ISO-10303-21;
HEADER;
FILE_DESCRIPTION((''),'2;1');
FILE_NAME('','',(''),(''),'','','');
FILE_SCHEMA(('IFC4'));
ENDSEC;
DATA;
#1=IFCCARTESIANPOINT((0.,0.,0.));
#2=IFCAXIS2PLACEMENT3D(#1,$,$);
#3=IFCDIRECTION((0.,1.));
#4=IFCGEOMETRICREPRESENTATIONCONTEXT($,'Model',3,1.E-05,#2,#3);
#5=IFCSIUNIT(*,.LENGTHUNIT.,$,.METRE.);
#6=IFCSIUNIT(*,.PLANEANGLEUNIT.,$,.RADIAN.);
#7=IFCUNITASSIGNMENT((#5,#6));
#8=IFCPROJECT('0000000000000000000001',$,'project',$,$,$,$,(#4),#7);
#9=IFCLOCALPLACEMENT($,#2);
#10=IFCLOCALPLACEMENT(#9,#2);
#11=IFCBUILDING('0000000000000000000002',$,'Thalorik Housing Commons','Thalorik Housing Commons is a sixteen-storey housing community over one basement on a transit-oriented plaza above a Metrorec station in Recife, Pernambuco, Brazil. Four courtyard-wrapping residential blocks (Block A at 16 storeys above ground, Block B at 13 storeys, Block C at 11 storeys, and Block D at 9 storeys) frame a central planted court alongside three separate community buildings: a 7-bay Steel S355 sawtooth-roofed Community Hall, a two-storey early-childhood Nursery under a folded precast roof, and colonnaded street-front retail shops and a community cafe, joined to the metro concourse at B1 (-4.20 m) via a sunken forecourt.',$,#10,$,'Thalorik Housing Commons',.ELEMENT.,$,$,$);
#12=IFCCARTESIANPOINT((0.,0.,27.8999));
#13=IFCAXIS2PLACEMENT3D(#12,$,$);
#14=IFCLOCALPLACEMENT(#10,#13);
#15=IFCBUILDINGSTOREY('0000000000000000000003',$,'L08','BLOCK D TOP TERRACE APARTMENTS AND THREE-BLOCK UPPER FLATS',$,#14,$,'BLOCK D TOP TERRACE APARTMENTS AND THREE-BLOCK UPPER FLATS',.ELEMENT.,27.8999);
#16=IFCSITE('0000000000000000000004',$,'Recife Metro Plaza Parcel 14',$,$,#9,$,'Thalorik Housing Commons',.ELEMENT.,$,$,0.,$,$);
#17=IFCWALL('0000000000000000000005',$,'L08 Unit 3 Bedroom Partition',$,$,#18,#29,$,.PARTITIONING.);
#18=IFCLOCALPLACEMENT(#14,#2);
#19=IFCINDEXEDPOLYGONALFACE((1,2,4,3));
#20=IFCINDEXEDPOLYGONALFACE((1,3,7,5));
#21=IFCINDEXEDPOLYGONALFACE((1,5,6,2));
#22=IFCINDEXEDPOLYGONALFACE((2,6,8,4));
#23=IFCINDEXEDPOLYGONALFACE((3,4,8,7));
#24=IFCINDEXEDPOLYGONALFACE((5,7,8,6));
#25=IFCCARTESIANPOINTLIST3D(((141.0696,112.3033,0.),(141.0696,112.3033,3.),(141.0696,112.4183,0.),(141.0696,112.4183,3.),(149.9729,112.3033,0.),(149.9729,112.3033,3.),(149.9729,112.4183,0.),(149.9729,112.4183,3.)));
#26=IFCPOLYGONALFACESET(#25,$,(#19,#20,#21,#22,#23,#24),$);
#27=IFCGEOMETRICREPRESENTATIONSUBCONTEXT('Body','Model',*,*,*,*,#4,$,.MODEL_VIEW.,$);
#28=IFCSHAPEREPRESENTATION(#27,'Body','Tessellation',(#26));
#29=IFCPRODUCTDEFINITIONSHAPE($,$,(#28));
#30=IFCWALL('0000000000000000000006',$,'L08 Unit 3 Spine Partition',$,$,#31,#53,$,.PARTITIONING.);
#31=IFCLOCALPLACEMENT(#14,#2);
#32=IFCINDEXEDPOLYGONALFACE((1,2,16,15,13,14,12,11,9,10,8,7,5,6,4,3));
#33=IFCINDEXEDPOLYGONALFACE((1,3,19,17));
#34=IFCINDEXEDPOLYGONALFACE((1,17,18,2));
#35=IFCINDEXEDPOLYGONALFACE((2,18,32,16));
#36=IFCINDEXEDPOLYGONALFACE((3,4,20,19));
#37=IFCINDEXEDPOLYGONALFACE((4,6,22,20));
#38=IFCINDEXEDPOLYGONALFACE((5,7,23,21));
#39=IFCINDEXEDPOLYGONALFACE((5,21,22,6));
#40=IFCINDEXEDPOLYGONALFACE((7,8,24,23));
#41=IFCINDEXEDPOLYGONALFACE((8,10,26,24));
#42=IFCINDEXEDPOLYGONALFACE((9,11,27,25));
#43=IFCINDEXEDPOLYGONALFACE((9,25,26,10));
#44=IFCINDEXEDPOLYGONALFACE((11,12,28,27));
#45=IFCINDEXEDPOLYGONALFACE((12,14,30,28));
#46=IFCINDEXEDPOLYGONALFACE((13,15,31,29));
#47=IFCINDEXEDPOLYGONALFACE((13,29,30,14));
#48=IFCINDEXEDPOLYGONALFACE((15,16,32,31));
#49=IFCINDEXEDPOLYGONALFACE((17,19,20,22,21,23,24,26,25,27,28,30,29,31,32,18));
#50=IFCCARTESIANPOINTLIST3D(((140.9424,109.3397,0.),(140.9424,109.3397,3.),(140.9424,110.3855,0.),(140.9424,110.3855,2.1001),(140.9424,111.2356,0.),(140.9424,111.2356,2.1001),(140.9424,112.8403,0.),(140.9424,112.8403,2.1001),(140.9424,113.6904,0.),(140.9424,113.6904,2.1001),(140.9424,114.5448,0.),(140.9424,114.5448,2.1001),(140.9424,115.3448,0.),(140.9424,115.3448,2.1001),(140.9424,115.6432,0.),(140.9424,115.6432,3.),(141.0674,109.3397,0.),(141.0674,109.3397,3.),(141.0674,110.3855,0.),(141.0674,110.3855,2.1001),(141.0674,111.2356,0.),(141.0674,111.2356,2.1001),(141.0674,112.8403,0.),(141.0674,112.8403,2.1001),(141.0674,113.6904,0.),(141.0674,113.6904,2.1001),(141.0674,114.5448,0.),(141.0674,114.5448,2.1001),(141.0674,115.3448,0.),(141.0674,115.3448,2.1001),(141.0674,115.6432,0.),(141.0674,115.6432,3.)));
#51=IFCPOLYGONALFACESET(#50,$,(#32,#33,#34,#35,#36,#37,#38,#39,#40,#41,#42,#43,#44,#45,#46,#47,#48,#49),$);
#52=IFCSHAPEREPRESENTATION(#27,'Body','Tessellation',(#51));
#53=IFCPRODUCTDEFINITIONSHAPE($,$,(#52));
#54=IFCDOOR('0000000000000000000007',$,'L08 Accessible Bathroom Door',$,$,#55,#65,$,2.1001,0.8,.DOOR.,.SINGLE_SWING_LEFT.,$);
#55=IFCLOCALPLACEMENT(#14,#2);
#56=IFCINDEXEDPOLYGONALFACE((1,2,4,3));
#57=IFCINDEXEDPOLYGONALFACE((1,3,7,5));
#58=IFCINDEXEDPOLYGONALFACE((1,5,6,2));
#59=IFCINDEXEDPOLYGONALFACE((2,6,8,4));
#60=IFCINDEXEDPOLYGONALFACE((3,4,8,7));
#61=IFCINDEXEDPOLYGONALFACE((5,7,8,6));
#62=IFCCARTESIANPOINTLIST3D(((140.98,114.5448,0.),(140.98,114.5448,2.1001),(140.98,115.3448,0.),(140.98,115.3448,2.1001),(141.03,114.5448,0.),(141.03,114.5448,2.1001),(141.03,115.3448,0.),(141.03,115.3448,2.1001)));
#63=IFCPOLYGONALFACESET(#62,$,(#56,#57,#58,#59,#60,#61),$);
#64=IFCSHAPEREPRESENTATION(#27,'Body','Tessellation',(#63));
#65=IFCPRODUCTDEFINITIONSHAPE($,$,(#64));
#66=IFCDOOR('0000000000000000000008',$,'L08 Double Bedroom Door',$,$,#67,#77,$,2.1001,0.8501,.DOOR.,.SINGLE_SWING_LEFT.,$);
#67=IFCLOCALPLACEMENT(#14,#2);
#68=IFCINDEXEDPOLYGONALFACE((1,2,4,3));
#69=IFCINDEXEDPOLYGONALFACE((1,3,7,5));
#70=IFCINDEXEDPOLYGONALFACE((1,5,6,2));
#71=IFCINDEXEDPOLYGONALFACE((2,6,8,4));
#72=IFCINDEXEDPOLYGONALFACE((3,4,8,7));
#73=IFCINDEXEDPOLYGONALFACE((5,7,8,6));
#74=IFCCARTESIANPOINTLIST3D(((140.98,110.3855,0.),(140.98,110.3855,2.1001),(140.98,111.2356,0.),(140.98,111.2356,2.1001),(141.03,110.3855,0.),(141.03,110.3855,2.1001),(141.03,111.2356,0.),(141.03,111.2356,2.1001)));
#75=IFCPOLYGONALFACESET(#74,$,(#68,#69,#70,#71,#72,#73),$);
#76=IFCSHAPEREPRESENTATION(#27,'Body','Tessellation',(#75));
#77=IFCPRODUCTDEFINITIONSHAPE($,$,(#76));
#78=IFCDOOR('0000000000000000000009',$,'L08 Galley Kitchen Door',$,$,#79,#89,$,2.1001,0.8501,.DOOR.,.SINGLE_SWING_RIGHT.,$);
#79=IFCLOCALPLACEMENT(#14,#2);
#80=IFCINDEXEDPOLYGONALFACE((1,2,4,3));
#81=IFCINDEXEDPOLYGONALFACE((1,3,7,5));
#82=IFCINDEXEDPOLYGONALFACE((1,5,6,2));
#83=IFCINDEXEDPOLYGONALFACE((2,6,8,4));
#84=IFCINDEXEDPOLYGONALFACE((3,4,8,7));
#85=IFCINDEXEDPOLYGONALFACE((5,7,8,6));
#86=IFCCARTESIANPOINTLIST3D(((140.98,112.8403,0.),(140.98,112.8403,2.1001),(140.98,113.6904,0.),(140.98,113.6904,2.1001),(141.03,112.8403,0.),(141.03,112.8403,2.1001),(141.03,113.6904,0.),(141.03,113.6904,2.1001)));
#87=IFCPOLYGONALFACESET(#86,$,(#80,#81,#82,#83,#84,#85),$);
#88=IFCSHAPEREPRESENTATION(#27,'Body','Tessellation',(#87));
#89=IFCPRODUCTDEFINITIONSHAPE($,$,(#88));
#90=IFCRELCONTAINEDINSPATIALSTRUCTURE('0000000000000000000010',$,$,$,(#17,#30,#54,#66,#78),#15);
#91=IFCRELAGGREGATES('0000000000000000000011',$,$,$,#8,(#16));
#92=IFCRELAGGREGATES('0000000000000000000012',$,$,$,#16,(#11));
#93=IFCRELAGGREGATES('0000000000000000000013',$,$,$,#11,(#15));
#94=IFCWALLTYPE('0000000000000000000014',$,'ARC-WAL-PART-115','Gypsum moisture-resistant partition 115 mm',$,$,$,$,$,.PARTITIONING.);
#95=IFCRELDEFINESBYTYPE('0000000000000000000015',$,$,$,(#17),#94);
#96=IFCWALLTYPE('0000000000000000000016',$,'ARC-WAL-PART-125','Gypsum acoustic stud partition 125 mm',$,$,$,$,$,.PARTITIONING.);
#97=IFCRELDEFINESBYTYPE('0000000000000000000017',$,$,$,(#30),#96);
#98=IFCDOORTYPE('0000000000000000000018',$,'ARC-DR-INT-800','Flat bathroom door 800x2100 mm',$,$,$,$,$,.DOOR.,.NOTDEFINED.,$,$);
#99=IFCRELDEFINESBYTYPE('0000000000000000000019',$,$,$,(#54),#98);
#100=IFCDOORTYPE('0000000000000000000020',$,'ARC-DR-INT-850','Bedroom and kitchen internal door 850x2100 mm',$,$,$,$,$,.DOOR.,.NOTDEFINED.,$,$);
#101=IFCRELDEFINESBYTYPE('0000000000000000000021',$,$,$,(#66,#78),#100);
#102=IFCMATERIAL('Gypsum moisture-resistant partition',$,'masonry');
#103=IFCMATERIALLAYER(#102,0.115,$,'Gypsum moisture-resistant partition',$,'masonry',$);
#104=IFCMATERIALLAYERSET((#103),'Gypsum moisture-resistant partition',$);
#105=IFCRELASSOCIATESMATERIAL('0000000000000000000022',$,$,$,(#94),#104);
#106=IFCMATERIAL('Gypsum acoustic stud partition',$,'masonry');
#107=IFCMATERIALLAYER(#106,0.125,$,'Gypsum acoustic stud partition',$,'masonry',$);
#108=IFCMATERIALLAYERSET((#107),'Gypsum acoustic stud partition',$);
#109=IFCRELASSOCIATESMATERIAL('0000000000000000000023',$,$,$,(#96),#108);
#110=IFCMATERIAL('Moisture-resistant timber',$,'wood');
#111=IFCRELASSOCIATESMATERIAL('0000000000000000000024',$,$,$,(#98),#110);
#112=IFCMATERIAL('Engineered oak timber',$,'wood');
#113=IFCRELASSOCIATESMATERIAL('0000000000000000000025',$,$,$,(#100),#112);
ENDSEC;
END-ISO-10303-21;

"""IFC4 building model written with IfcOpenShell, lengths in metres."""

from ifc_helpers import new_model, si_unit, direction, frame, frame_2d, origin, place, context, subcontext, project, spatial, rectangle, extrude, material, layer, layer_set, type_object, element, fill, save


model = new_model("IFC4")

# Units and contexts
model_context = context("Model", 3, precision=1e-05, world=origin(), true_north=direction((0.0, 1.0)))
body_context = subcontext(model_context, "Body", "Model", "MODEL_VIEW")
ifc_project = project(units=[si_unit("LENGTHUNIT", "METRE"), si_unit("PLANEANGLEUNIT", "RADIAN")], contexts=[model_context])

# Site, building, storey
site_placement = place(None, origin())
site = spatial("IfcSite", under=ifc_project, at=site_placement, Name="Recife Metro Plaza Parcel 14", LongName="Thalorik Housing Commons", CompositionType="ELEMENT", RefElevation=0.0)
building_placement = place(site_placement, origin())
building = spatial("IfcBuilding", under=site, at=building_placement, Name="Thalorik Housing Commons", Description="Thalorik Housing Commons is a sixteen-storey housing community over one basement on a transit-oriented plaza above a Metrorec station in Recife, Pernambuco, Brazil. Four courtyard-wrapping residential blocks (Block A at 16 storeys above ground, Block B at 13 storeys, Block C at 11 storeys, and Block D at 9 storeys) frame a central planted court alongside three separate community buildings: a 7-bay Steel S355 sawtooth-roofed Community Hall, a two-storey early-childhood Nursery under a folded precast roof, and colonnaded street-front retail shops and a community cafe, joined to the metro concourse at B1 (-4.20 m) via a sunken forecourt.", LongName="Thalorik Housing Commons", CompositionType="ELEMENT")
storey_placement = place(building_placement, frame((0.0, 0.0, 27.8999)))
storey = spatial("IfcBuildingStorey", under=building, at=storey_placement, Name="L08", Description="BLOCK D TOP TERRACE APARTMENTS AND THREE-BLOCK UPPER FLATS", LongName="BLOCK D TOP TERRACE APARTMENTS AND THREE-BLOCK UPPER FLATS", CompositionType="ELEMENT", Elevation=27.8999)

# Wall
ifc_material_1 = material(Name="Gypsum moisture-resistant partition", Category="masonry")
ifc_layer_1 = layer(ifc_material_1, 0.115, Name="Gypsum moisture-resistant partition", Category="masonry")
ifc_layer_set_1 = layer_set([ifc_layer_1], Name="Gypsum moisture-resistant partition")
wall_type_1 = type_object("IfcWallType", Name="ARC-WAL-PART-115", Description="Gypsum moisture-resistant partition 115 mm", PredefinedType="PARTITIONING", material=ifc_layer_set_1)
wall_1_placement = place(storey_placement, frame((141.0696, 112.3608, 0.0), z_axis=(0.0, 0.0, 1.0), x_axis=(1.0, 0.0, 0.0)))
element("IfcWall", 1, at=wall_1_placement, inside=storey, type_object=wall_type_1, Name="L08 Unit 3 Bedroom Partition", PredefinedType="PARTITIONING", context=body_context, shape_type="SweptSolid", body=[
    extrude(rectangle(XDim=8.9033, YDim=0.115, at=frame_2d((4.4517, 0.0))), origin(), (0.0, 0.0, 1.0), 3.0),
])

# Wall, openings, doors
ifc_material_2 = material(Name="Gypsum acoustic stud partition", Category="masonry")
ifc_layer_2 = layer(ifc_material_2, 0.125, Name="Gypsum acoustic stud partition", Category="masonry")
ifc_layer_set_2 = layer_set([ifc_layer_2], Name="Gypsum acoustic stud partition")
wall_type_2 = type_object("IfcWallType", Name="ARC-WAL-PART-125", Description="Gypsum acoustic stud partition 125 mm", PredefinedType="PARTITIONING", material=ifc_layer_set_2)
wall_2_placement = place(storey_placement, frame((141.0049, 109.3396, 0.0), z_axis=(0.0, 0.0, 1.0), x_axis=(0.0, 1.0, 0.0)))
wall_2 = element("IfcWall", 2, at=wall_2_placement, inside=storey, type_object=wall_type_2, Name="L08 Unit 3 Spine Partition", PredefinedType="PARTITIONING", context=body_context, shape_type="SweptSolid", body=[
    extrude(rectangle(XDim=6.3035, YDim=0.125, at=frame_2d((3.1519, 0.0))), origin(), (0.0, 0.0, 1.0), 3.0),
])
opening_1_placement = place(wall_2_placement, frame((1.0459, 0.0, 0.0)))
opening_1 = element("IfcOpeningElement", 3, at=opening_1_placement, cuts=wall_2, PredefinedType="OPENING", context=body_context, shape_type="SweptSolid", body=[
    extrude(rectangle(XDim=0.8501, YDim=2.1001, at=frame_2d((0.425, 1.05))), frame((0.0, 0.0725, 0.0), z_axis=(0.0, -1.0, 0.0), x_axis=(1.0, 0.0, 0.0)), (0.0, 0.0, 1.0), 0.145),
])
opening_2_placement = place(wall_2_placement, frame((3.5007, 0.0, 0.0)))
opening_2 = element("IfcOpeningElement", 4, at=opening_2_placement, cuts=wall_2, PredefinedType="OPENING", context=body_context, shape_type="SweptSolid", body=[
    extrude(rectangle(XDim=0.8501, YDim=2.1001, at=frame_2d((0.425, 1.05))), frame((0.0, 0.0725, 0.0), z_axis=(0.0, -1.0, 0.0), x_axis=(1.0, 0.0, 0.0)), (0.0, 0.0, 1.0), 0.145),
])
opening_3_placement = place(wall_2_placement, frame((5.2053, 0.0, 0.0)))
opening_3 = element("IfcOpeningElement", 5, at=opening_3_placement, cuts=wall_2, PredefinedType="OPENING", context=body_context, shape_type="SweptSolid", body=[
    extrude(rectangle(XDim=0.8, YDim=2.1001, at=frame_2d((0.3999, 1.05))), frame((0.0, 0.0725, 0.0), z_axis=(0.0, -1.0, 0.0), x_axis=(1.0, 0.0, 0.0)), (0.0, 0.0, 1.0), 0.145),
])
ifc_material_3 = material(Name="Moisture-resistant timber", Category="wood")
door_type_1 = type_object("IfcDoorType", Name="ARC-DR-INT-800", Description="Flat bathroom door 800x2100 mm", OperationType="NOTDEFINED", PredefinedType="DOOR", material=ifc_material_3)
door_1_placement = place(opening_3_placement, origin())
door_1 = element("IfcDoor", 6, at=door_1_placement, inside=storey, type_object=door_type_1, Name="L08 Accessible Bathroom Door", OperationType="SINGLE_SWING_LEFT", OverallHeight=2.1001, OverallWidth=0.8, PredefinedType="DOOR", context=body_context, shape_type="SweptSolid", body=[
    extrude(rectangle(XDim=0.8, YDim=2.1001, at=frame_2d((0.3999, 1.05))), frame((0.0, 0.0249, 0.0), z_axis=(0.0, -1.0, 0.0), x_axis=(1.0, 0.0, 0.0)), (0.0, 0.0, 1.0), 0.05),
])
fill(opening_3, door_1)
ifc_material_4 = material(Name="Engineered oak timber", Category="wood")
door_type_2 = type_object("IfcDoorType", Name="ARC-DR-INT-850", Description="Bedroom and kitchen internal door 850x2100 mm", OperationType="NOTDEFINED", PredefinedType="DOOR", material=ifc_material_4)
door_2_placement = place(opening_1_placement, origin())
door_2 = element("IfcDoor", 7, at=door_2_placement, inside=storey, type_object=door_type_2, Name="L08 Double Bedroom Door", OperationType="SINGLE_SWING_LEFT", OverallHeight=2.1001, OverallWidth=0.8501, PredefinedType="DOOR", context=body_context, shape_type="SweptSolid", body=[
    extrude(rectangle(XDim=0.8501, YDim=2.1001, at=frame_2d((0.425, 1.05))), frame((0.0, 0.0249, 0.0), z_axis=(0.0, -1.0, 0.0), x_axis=(1.0, 0.0, 0.0)), (0.0, 0.0, 1.0), 0.05),
])
fill(opening_1, door_2)
door_3_placement = place(opening_2_placement, origin())
door_3 = element("IfcDoor", 8, at=door_3_placement, inside=storey, type_object=door_type_2, Name="L08 Galley Kitchen Door", OperationType="SINGLE_SWING_RIGHT", OverallHeight=2.1001, OverallWidth=0.8501, PredefinedType="DOOR", context=body_context, shape_type="SweptSolid", body=[
    extrude(rectangle(XDim=0.8501, YDim=2.1001, at=frame_2d((0.425, 1.05))), frame((0.0, 0.0249, 0.0), z_axis=(0.0, -1.0, 0.0), x_axis=(1.0, 0.0, 0.0)), (0.0, 0.0, 1.0), 0.05),
])
fill(opening_2, door_3)

save(model, "model.ifc")
